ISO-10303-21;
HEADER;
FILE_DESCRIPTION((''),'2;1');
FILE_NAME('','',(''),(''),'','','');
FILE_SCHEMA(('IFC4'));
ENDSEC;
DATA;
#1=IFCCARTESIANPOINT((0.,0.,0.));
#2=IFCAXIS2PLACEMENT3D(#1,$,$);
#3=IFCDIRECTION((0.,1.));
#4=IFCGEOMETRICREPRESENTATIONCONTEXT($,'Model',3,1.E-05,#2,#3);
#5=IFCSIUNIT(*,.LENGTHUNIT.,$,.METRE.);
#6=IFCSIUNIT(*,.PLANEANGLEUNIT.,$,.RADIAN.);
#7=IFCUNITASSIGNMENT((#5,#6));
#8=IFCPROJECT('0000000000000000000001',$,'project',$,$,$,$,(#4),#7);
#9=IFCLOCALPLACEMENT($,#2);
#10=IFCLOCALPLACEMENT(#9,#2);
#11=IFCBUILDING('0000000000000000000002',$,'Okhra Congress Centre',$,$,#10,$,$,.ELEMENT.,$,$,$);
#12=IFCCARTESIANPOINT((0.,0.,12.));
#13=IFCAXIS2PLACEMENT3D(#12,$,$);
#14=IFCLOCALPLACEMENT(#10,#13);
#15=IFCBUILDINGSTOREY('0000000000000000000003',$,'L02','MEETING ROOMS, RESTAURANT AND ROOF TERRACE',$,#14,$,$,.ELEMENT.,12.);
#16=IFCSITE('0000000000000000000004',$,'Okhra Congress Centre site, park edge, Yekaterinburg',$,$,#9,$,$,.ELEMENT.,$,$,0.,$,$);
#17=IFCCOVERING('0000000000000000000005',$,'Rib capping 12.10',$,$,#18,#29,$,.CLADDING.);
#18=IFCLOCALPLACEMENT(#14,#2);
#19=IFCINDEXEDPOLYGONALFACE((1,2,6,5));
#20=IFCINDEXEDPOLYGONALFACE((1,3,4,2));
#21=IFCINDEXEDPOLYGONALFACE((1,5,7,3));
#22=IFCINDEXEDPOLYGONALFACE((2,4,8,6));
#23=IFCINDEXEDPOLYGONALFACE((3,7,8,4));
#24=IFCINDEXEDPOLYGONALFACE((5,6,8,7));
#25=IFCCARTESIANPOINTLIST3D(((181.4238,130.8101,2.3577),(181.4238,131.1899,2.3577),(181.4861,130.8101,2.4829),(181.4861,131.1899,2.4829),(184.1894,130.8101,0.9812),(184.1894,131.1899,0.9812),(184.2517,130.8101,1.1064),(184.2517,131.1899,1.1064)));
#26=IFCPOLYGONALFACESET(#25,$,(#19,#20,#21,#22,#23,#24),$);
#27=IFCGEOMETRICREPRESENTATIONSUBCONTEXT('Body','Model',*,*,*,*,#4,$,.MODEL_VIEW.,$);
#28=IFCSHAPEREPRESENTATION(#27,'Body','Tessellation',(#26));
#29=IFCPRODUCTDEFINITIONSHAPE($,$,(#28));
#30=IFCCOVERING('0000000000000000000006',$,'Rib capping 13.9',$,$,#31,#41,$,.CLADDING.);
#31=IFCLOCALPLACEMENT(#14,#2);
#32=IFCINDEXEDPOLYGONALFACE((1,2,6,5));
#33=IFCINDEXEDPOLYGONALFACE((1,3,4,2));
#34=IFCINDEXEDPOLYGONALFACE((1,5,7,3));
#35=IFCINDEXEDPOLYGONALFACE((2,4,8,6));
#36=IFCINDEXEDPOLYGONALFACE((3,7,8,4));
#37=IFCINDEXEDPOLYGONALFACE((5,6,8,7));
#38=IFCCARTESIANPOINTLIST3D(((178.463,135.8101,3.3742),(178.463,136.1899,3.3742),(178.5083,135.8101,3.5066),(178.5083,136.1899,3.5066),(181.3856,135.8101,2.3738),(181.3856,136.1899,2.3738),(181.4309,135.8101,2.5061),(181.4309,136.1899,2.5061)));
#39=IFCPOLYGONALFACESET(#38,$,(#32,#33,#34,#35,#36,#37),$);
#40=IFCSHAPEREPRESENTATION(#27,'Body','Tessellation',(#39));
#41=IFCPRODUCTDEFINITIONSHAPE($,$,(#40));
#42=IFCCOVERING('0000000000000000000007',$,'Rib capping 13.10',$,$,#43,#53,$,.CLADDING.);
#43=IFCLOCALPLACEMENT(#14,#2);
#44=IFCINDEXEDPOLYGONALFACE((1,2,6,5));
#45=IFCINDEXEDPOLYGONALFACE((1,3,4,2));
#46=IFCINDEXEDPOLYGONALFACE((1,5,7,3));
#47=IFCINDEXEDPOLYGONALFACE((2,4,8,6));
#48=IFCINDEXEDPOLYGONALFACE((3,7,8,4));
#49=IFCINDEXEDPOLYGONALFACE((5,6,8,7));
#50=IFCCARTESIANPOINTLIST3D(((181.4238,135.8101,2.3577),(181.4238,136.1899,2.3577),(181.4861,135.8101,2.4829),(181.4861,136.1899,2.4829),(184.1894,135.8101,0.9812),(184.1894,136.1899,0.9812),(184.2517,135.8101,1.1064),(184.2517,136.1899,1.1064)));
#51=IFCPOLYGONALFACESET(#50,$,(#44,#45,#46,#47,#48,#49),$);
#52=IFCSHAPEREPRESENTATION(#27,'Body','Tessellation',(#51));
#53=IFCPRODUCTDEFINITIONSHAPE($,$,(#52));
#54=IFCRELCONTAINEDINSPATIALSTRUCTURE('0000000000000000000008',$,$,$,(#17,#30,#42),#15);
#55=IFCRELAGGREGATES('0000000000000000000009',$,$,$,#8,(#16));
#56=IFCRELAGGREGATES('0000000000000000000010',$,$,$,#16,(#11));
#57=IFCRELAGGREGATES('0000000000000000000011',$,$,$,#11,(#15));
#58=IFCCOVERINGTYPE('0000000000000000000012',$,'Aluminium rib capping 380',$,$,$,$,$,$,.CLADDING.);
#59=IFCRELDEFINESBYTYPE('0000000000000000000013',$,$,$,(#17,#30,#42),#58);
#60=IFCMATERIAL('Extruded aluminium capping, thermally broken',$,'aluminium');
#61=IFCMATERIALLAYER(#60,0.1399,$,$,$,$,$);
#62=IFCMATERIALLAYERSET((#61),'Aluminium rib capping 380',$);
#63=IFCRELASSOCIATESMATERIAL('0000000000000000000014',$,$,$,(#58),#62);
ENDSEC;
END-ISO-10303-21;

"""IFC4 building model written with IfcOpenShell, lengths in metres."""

from ifc_helpers import new_model, si_unit, direction, frame, origin, place, context, subcontext, project, spatial, polyline, outline, extrude, material, layer, layer_set, type_object, element, save


model = new_model("IFC4")

# Units and contexts
model_context = context("Model", 3, precision=1e-05, world=origin(), true_north=direction((0.0, 1.0)))
body_context = subcontext(model_context, "Body", "Model", "MODEL_VIEW")
ifc_project = project(units=[si_unit("LENGTHUNIT", "METRE"), si_unit("PLANEANGLEUNIT", "RADIAN")], contexts=[model_context])

# Site, building, storey
site_placement = place(None, origin())
site = spatial("IfcSite", under=ifc_project, at=site_placement, Name="Okhra Congress Centre site, park edge, Yekaterinburg", CompositionType="ELEMENT", RefElevation=0.0)
building_placement = place(site_placement, origin())
building = spatial("IfcBuilding", under=site, at=building_placement, Name="Okhra Congress Centre", CompositionType="ELEMENT")
storey_placement = place(building_placement, frame((0.0, 0.0, 12.0)))
storey = spatial("IfcBuildingStorey", under=building, at=storey_placement, Name="L02", Description="MEETING ROOMS, RESTAURANT AND ROOF TERRACE", CompositionType="ELEMENT", Elevation=12.0)

# Coverings
ifc_material_1 = material(Name="Extruded aluminium capping, thermally broken", Category="aluminium")
ifc_layer_1 = layer(ifc_material_1, 0.1399)
ifc_layer_set_1 = layer_set([ifc_layer_1], Name="Aluminium rib capping 380")
covering_type = type_object("IfcCoveringType", Name="Aluminium rib capping 380", PredefinedType="CLADDING", material=ifc_layer_set_1)
covering_1_placement = place(storey_placement, frame((181.4861, 130.8101, 2.4829), z_axis=(0.445569, 0.0, 0.895248), x_axis=(0.895248, 0.0, -0.445569)))
element("IfcCovering", 1, at=covering_1_placement, inside=storey, type_object=covering_type, Name="Rib capping 12.10", PredefinedType="CLADDING", context=body_context, shape_type="SweptSolid", body=[
    extrude(outline(polyline([(0.0, 0.0), (3.0892, 0.0), (3.0892, 0.3799), (0.0, 0.3799), (0.0, 0.0)])), origin(), (0.0, 0.0, -1.0), 0.1399),
])
covering_2_placement = place(storey_placement, frame((178.5083, 135.8101, 3.5066), z_axis=(0.323876, 0.0, 0.9461), x_axis=(0.9461, 0.0, -0.323876)))
element("IfcCovering", 2, at=covering_2_placement, inside=storey, type_object=covering_type, Name="Rib capping 13.9", PredefinedType="CLADDING", context=body_context, shape_type="SweptSolid", body=[
    extrude(outline(polyline([(0.0, 0.0), (3.0891, 0.0), (3.0891, 0.3799), (0.0, 0.3799), (0.0, 0.0)])), origin(), (0.0, 0.0, -1.0), 0.1399),
])
covering_3_placement = place(storey_placement, frame((181.4861, 135.8101, 2.4829), z_axis=(0.445569, 0.0, 0.895248), x_axis=(0.895248, 0.0, -0.445569)))
element("IfcCovering", 3, at=covering_3_placement, inside=storey, type_object=covering_type, Name="Rib capping 13.10", PredefinedType="CLADDING", context=body_context, shape_type="SweptSolid", body=[
    extrude(outline(polyline([(0.0, 0.0), (3.0892, 0.0), (3.0892, 0.3799), (0.0, 0.3799), (0.0, 0.0)])), origin(), (0.0, 0.0, -1.0), 0.1399),
])

save(model, "model.ifc")
